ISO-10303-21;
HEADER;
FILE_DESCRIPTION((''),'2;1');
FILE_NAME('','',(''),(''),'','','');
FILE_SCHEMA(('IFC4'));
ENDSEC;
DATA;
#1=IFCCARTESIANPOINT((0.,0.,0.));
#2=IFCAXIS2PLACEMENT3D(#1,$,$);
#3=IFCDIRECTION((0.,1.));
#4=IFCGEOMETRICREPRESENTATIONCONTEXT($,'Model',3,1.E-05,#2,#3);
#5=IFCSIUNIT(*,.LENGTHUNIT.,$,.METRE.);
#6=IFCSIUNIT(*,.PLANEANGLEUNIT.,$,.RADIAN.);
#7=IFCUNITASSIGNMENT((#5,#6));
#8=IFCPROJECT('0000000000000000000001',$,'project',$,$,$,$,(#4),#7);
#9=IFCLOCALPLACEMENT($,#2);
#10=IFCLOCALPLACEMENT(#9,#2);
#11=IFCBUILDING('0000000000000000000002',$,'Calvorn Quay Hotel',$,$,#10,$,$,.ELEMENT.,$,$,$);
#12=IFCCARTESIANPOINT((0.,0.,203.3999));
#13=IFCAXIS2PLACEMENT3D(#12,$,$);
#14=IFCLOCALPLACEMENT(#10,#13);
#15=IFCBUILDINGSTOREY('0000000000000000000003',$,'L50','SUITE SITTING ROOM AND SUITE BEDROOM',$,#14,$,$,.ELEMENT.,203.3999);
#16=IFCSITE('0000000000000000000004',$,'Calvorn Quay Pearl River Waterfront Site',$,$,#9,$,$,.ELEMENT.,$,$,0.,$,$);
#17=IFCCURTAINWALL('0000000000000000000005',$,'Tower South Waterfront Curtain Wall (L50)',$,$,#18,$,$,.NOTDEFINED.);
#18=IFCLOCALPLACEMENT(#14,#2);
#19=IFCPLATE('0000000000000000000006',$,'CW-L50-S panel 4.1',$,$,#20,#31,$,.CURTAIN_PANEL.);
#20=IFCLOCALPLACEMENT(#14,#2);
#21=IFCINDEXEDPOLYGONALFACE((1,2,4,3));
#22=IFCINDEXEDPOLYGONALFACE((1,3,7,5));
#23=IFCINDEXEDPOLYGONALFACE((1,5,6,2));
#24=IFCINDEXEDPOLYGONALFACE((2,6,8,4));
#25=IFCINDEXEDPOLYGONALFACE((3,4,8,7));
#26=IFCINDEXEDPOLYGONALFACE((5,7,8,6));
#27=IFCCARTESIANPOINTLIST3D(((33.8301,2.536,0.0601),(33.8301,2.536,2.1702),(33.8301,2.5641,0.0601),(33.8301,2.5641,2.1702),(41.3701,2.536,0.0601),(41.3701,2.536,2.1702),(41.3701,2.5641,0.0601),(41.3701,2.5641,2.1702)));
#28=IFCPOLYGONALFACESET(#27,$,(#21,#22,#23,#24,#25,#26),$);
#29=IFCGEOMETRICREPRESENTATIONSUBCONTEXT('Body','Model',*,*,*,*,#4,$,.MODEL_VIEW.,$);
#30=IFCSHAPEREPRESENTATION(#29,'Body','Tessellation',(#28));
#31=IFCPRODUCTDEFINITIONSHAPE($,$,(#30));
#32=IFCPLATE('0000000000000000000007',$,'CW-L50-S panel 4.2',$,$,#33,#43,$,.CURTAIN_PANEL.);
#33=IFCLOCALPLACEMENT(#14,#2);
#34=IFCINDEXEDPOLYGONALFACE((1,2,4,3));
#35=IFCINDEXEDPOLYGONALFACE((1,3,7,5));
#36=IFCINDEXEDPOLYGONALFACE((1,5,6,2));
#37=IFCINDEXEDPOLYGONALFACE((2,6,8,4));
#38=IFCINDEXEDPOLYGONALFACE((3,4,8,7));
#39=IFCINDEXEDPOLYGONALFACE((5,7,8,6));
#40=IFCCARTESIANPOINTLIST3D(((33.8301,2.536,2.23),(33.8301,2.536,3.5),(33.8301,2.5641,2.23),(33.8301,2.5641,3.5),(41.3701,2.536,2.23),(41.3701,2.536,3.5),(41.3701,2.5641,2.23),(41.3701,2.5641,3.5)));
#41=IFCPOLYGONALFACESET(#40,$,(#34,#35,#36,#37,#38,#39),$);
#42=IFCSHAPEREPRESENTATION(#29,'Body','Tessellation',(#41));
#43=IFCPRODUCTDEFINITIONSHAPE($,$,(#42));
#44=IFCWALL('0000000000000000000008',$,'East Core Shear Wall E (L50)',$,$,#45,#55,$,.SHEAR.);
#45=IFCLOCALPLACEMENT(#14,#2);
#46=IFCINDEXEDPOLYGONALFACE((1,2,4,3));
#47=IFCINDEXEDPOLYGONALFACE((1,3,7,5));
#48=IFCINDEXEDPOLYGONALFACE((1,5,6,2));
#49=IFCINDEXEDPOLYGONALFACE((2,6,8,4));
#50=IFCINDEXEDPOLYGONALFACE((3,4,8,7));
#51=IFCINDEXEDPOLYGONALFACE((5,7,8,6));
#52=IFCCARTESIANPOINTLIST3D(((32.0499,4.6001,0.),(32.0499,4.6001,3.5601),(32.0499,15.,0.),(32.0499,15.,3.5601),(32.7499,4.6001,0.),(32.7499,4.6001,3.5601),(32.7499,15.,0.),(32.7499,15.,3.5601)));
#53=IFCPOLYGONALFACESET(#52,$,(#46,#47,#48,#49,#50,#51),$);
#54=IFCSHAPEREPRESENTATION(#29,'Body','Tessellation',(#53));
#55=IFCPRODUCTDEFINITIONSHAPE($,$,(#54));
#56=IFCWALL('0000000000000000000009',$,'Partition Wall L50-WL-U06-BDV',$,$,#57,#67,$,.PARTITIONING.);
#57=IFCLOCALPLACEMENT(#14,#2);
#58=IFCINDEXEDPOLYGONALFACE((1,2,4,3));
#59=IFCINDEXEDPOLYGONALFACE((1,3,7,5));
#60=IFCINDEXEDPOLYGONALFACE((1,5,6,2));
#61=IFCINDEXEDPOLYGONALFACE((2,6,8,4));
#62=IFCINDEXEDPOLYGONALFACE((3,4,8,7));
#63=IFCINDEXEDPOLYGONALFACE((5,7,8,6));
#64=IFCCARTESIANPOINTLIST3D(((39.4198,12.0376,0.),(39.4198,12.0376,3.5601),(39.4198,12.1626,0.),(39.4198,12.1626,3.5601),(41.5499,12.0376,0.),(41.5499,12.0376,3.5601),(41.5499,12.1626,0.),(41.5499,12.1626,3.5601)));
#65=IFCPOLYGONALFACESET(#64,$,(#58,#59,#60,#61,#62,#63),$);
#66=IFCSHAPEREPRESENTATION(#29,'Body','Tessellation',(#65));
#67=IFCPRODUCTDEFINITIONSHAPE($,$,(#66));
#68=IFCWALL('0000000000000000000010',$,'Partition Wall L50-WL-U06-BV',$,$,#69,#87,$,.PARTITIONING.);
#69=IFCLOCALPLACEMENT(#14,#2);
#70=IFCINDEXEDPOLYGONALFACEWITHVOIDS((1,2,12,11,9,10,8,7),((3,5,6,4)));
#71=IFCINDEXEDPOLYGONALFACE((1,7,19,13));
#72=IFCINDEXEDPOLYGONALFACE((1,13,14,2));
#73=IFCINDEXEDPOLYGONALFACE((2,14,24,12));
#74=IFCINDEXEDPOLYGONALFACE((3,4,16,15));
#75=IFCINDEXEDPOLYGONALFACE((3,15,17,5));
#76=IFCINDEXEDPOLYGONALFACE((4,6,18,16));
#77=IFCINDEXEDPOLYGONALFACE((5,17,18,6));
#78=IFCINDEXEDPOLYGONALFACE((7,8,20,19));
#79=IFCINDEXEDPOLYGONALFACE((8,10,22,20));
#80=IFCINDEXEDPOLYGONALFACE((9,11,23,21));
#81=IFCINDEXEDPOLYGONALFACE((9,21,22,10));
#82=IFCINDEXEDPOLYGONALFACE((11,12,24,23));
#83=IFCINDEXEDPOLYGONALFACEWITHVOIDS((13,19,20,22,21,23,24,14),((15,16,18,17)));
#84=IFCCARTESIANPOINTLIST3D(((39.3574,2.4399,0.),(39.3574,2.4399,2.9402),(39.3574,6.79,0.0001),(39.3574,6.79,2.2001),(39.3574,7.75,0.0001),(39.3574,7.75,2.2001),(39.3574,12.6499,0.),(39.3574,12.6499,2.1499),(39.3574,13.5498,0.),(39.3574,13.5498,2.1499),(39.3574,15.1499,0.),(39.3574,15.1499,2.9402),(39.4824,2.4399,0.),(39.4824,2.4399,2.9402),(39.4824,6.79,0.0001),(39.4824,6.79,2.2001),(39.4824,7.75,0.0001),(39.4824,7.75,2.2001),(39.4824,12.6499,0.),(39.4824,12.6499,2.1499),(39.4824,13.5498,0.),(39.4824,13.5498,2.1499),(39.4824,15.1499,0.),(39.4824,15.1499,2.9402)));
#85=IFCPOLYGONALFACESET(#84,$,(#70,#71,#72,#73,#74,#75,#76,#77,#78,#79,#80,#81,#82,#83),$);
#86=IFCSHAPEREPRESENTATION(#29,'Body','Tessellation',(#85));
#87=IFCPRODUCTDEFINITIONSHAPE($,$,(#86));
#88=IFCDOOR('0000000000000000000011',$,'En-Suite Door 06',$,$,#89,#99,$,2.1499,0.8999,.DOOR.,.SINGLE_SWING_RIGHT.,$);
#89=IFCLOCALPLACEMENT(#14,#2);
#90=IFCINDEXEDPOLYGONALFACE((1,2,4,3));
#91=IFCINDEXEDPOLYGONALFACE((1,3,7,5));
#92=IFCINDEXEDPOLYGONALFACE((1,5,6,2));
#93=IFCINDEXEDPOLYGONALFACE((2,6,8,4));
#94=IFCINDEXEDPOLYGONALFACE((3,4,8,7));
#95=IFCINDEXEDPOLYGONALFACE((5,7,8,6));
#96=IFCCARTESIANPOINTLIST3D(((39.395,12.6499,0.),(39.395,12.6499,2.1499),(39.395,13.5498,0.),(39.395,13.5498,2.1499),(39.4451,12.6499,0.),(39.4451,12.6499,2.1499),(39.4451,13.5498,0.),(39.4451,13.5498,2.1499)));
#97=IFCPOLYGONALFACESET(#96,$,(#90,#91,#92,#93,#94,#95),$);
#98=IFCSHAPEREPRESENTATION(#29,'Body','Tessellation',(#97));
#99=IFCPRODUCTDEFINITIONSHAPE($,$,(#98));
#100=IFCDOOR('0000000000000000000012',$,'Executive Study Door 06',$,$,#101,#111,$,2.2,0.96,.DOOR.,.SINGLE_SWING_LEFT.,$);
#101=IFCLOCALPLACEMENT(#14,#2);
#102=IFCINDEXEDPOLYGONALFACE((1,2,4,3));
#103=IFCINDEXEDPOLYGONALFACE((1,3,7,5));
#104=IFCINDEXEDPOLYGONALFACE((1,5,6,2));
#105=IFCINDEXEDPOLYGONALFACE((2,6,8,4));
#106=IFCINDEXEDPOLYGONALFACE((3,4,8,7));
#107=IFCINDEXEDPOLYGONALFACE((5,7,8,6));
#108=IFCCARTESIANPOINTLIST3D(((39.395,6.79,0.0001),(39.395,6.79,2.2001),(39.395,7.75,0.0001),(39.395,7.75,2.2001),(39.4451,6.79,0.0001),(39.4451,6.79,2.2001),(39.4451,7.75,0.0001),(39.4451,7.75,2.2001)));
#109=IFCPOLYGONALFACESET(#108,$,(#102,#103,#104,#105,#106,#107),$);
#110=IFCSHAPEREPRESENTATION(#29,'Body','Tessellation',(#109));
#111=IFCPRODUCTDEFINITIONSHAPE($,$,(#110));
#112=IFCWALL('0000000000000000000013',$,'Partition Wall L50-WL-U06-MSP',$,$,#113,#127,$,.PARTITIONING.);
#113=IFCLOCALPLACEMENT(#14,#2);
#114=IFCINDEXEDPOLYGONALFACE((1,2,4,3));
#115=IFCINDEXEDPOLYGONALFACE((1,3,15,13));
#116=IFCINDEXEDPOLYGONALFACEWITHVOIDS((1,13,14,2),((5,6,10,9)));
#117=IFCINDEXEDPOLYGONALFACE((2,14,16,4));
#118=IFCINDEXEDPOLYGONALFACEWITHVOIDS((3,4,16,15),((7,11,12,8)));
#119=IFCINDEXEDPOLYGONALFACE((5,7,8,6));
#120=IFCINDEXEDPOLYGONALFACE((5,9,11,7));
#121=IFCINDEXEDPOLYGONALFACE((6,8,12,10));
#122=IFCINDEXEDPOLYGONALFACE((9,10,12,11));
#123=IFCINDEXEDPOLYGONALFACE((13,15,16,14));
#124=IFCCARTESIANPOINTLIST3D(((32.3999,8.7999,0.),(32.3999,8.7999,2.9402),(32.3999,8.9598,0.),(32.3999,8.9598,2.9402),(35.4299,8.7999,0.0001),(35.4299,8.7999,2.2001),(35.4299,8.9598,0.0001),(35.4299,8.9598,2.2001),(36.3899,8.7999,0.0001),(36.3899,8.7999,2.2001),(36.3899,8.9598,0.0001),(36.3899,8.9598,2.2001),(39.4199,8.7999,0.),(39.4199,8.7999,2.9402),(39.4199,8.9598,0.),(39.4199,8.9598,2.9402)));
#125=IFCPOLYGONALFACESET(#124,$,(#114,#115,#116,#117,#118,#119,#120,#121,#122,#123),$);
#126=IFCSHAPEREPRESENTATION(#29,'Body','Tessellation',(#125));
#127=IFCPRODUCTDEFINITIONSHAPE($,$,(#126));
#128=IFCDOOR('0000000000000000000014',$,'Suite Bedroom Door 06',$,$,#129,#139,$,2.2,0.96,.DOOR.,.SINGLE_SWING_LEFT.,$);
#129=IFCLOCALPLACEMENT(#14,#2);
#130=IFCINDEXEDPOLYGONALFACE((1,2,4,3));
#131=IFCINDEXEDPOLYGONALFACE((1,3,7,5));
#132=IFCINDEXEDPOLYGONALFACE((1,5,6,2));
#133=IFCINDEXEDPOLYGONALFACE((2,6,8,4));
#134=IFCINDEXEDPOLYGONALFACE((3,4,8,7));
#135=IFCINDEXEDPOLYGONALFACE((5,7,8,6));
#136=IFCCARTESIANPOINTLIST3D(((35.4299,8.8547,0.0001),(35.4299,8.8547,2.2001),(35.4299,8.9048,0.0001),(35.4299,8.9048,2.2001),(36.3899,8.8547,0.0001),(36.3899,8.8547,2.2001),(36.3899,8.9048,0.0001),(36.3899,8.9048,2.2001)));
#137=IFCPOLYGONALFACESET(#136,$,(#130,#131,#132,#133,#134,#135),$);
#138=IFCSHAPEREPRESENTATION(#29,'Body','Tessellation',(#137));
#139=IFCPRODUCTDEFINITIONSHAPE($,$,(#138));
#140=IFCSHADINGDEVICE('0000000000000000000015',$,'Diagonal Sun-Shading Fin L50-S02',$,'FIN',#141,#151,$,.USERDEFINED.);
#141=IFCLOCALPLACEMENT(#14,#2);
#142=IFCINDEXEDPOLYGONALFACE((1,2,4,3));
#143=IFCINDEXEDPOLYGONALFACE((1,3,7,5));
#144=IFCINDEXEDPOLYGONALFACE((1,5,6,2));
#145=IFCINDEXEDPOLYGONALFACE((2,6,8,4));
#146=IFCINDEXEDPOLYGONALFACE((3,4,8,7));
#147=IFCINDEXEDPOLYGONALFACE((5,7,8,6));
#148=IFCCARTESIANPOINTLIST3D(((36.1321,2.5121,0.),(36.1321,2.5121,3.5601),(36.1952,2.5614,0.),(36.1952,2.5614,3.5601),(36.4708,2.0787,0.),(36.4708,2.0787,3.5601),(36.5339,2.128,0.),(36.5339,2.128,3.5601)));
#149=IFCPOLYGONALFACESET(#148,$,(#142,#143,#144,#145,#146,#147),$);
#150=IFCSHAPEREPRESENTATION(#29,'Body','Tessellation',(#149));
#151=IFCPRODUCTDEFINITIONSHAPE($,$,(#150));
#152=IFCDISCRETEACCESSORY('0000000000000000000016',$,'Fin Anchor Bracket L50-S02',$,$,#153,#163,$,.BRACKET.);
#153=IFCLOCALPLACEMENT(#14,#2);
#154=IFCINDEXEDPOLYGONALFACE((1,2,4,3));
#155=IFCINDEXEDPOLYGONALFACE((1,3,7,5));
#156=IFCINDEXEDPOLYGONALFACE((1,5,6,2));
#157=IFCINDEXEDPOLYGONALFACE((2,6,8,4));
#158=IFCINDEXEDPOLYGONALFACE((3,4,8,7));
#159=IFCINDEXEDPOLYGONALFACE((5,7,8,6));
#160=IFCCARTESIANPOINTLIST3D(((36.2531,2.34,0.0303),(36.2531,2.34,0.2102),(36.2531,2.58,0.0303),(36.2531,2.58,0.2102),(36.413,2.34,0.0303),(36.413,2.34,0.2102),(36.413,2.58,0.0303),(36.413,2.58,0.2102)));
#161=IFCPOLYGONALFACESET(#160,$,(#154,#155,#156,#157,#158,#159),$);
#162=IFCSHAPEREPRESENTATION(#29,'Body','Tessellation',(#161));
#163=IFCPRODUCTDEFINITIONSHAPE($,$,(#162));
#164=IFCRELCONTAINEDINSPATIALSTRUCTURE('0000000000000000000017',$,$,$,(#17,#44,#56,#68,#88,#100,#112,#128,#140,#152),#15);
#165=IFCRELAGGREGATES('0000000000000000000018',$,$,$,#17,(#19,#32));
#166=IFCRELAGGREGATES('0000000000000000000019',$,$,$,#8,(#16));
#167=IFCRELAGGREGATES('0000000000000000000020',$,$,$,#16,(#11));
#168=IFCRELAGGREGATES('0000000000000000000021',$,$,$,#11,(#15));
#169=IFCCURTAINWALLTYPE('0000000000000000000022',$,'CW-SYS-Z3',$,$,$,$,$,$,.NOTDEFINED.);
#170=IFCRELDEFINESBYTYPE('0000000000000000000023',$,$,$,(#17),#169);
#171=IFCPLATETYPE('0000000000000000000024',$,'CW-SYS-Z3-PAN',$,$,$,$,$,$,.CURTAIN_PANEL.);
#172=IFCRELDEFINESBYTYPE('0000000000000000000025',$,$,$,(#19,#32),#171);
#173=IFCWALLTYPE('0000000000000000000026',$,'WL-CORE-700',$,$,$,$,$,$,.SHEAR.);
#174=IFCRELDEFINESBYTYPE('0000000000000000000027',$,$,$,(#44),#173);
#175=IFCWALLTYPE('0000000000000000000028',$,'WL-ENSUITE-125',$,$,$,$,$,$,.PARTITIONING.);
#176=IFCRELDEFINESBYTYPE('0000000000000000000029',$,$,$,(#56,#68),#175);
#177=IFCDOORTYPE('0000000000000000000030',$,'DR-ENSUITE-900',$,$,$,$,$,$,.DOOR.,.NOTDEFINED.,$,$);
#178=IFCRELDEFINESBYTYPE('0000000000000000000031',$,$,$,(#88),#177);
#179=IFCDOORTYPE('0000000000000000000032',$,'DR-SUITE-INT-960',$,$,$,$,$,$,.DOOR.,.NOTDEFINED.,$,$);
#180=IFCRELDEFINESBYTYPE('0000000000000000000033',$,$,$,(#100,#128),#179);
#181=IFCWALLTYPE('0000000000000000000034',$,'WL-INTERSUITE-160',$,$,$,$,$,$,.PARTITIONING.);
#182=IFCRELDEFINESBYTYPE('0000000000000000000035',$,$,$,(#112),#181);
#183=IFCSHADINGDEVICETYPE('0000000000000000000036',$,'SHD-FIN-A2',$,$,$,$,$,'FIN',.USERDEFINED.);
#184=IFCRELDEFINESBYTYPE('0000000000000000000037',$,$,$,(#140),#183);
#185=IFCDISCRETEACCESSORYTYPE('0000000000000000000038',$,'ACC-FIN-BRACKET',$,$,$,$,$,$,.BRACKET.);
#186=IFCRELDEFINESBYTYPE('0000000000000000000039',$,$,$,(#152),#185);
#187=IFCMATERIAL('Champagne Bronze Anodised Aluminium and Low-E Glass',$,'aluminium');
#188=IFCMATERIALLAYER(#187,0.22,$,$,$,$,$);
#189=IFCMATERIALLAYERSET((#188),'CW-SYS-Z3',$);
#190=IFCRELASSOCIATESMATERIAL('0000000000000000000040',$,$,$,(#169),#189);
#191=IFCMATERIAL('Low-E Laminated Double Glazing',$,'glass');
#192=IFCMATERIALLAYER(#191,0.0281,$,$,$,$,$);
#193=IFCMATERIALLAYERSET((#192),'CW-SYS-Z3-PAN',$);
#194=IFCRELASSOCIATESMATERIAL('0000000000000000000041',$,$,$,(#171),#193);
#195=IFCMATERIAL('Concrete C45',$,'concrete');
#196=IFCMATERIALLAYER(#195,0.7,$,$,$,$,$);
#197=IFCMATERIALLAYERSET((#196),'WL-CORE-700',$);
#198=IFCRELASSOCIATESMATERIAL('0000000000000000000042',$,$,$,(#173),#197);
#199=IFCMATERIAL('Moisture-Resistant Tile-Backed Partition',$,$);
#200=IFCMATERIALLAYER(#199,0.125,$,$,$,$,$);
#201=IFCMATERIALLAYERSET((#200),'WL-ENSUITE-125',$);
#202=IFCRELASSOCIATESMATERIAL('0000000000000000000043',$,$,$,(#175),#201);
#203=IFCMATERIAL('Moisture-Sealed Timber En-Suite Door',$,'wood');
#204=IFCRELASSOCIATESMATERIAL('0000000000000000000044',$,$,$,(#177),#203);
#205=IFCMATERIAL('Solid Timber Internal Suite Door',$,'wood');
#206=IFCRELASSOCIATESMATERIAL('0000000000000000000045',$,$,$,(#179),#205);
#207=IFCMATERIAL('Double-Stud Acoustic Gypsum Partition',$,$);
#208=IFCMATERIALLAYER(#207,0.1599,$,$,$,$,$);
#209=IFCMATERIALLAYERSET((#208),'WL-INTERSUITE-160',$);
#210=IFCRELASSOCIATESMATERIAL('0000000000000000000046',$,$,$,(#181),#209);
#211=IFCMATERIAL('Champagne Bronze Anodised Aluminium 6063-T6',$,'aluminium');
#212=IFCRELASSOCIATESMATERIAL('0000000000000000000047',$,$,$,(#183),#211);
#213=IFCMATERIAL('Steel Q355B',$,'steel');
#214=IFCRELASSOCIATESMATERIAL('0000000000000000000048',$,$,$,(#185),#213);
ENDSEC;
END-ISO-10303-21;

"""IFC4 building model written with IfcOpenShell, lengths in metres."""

from ifc_helpers import new_model, si_unit, direction, frame, frame_2d, origin, origin_2d, place, context, subcontext, project, spatial, rectangle, extrude, material, layer, layer_set, type_object, element, fill, aggregate, save


model = new_model("IFC4")

# Units and contexts
model_context = context("Model", 3, precision=1e-05, world=origin(), true_north=direction((0.0, 1.0)))
body_context = subcontext(model_context, "Body", "Model", "MODEL_VIEW")
ifc_project = project(units=[si_unit("LENGTHUNIT", "METRE"), si_unit("PLANEANGLEUNIT", "RADIAN")], contexts=[model_context])

# Site, building, storey
site_placement = place(None, origin())
site = spatial("IfcSite", under=ifc_project, at=site_placement, Name="Calvorn Quay Pearl River Waterfront Site", CompositionType="ELEMENT", RefElevation=0.0)
building_placement = place(site_placement, origin())
building = spatial("IfcBuilding", under=site, at=building_placement, Name="Calvorn Quay Hotel", CompositionType="ELEMENT")
storey_placement = place(building_placement, frame((0.0, 0.0, 203.3999)))
storey = spatial("IfcBuildingStorey", under=building, at=storey_placement, Name="L50", Description="SUITE SITTING ROOM AND SUITE BEDROOM", CompositionType="ELEMENT", Elevation=203.3999)

# Curtain wall, plates
ifc_material_1 = material(Name="Champagne Bronze Anodised Aluminium and Low-E Glass", Category="aluminium")
ifc_layer_1 = layer(ifc_material_1, 0.22)
ifc_layer_set_1 = layer_set([ifc_layer_1], Name="CW-SYS-Z3")
curtain_wall_type = type_object("IfcCurtainWallType", Name="CW-SYS-Z3", PredefinedType="NOTDEFINED", material=ifc_layer_set_1)
curtain_wall_placement = place(storey_placement, origin())
curtain_wall = element("IfcCurtainWall", 1, at=curtain_wall_placement, inside=storey, type_object=curtain_wall_type, Name="Tower South Waterfront Curtain Wall (L50)", PredefinedType="NOTDEFINED")
ifc_material_2 = material(Name="Low-E Laminated Double Glazing", Category="glass")
ifc_layer_2 = layer(ifc_material_2, 0.0281)
ifc_layer_set_2 = layer_set([ifc_layer_2], Name="CW-SYS-Z3-PAN")
plate_type = type_object("IfcPlateType", Name="CW-SYS-Z3-PAN", PredefinedType="CURTAIN_PANEL", material=ifc_layer_set_2)
plate_1_placement = place(storey_placement, frame((37.6001, 2.55, 0.0601), z_axis=(0.0, 0.0, 1.0), x_axis=(1.0, 0.0, 0.0)))
plate_1 = element("IfcPlate", 2, at=plate_1_placement, type_object=plate_type, Name="CW-L50-S panel 4.1", PredefinedType="CURTAIN_PANEL", context=body_context, shape_type="SweptSolid", body=[
    extrude(rectangle(XDim=7.54, YDim=0.0281, at=origin_2d()), origin(), (0.0, 0.0, 1.0), 2.1101),
])
plate_2_placement = place(storey_placement, frame((37.6001, 2.55, 2.23), z_axis=(0.0, 0.0, 1.0), x_axis=(1.0, 0.0, 0.0)))
plate_2 = element("IfcPlate", 3, at=plate_2_placement, type_object=plate_type, Name="CW-L50-S panel 4.2", PredefinedType="CURTAIN_PANEL", context=body_context, shape_type="SweptSolid", body=[
    extrude(rectangle(XDim=7.54, YDim=0.0281, at=origin_2d()), origin(), (0.0, 0.0, 1.0), 1.27),
])
aggregate(curtain_wall, [plate_1, plate_2])

# Walls
ifc_material_3 = material(Name="Concrete C45", Category="concrete")
ifc_layer_3 = layer(ifc_material_3, 0.7)
ifc_layer_set_3 = layer_set([ifc_layer_3], Name="WL-CORE-700")
wall_type_1 = type_object("IfcWallType", Name="WL-CORE-700", PredefinedType="SHEAR", material=ifc_layer_set_3)
wall_1_placement = place(storey_placement, frame((32.3999, 4.6001, 0.0), z_axis=(0.0, 0.0, 1.0), x_axis=(0.0, 1.0, 0.0)))
element("IfcWall", 4, at=wall_1_placement, inside=storey, type_object=wall_type_1, Name="East Core Shear Wall E (L50)", PredefinedType="SHEAR", context=body_context, shape_type="SweptSolid", body=[
    extrude(rectangle(XDim=10.3999, YDim=0.7, at=frame_2d((5.2, 0.0))), origin(), (0.0, 0.0, 1.0), 3.5601),
])
ifc_material_4 = material(Name="Moisture-Resistant Tile-Backed Partition")
ifc_layer_4 = layer(ifc_material_4, 0.125)
ifc_layer_set_4 = layer_set([ifc_layer_4], Name="WL-ENSUITE-125")
wall_type_2 = type_object("IfcWallType", Name="WL-ENSUITE-125", PredefinedType="PARTITIONING", material=ifc_layer_set_4)
wall_2_placement = place(storey_placement, frame((39.4199, 12.1001, 0.0), z_axis=(0.0, 0.0, 1.0), x_axis=(1.0, 0.0, 0.0)))
element("IfcWall", 5, at=wall_2_placement, inside=storey, type_object=wall_type_2, Name="Partition Wall L50-WL-U06-BDV", PredefinedType="PARTITIONING", context=body_context, shape_type="SweptSolid", body=[
    extrude(rectangle(XDim=2.1301, YDim=0.125, at=frame_2d((1.0649, 0.0))), origin(), (0.0, 0.0, 1.0), 3.5601),
])

# Wall, openings, doors
wall_3_placement = place(storey_placement, frame((39.4199, 2.4399, 0.0), z_axis=(0.0, 0.0, 1.0), x_axis=(0.0, 1.0, 0.0)))
wall_3 = element("IfcWall", 6, at=wall_3_placement, inside=storey, type_object=wall_type_2, Name="Partition Wall L50-WL-U06-BV", PredefinedType="PARTITIONING", context=body_context, shape_type="SweptSolid", body=[
    extrude(rectangle(XDim=12.71, YDim=0.125, at=frame_2d((6.355, 0.0))), origin(), (0.0, 0.0, 1.0), 2.9402),
])
opening_1_placement = place(wall_3_placement, frame((4.3501, 0.0, 0.0)))
opening_1 = element("IfcOpeningElement", 7, at=opening_1_placement, cuts=wall_3, PredefinedType="OPENING", context=body_context, shape_type="SweptSolid", body=[
    extrude(rectangle(XDim=0.96, YDim=2.2, at=frame_2d((0.48, 1.1001))), frame((0.0, 0.0725, 0.0), z_axis=(0.0, -1.0, 0.0), x_axis=(1.0, 0.0, 0.0)), (0.0, 0.0, 1.0), 0.145),
])
opening_2_placement = place(wall_3_placement, frame((10.21, 0.0, 0.0)))
opening_2 = element("IfcOpeningElement", 8, at=opening_2_placement, cuts=wall_3, PredefinedType="OPENING", context=body_context, shape_type="SweptSolid", body=[
    extrude(rectangle(XDim=0.8999, YDim=2.1499, at=frame_2d((0.45, 1.075))), frame((0.0, 0.0725, 0.0), z_axis=(0.0, -1.0, 0.0), x_axis=(1.0, 0.0, 0.0)), (0.0, 0.0, 1.0), 0.145),
])
ifc_material_5 = material(Name="Moisture-Sealed Timber En-Suite Door", Category="wood")
door_type_1 = type_object("IfcDoorType", Name="DR-ENSUITE-900", OperationType="NOTDEFINED", PredefinedType="DOOR", material=ifc_material_5)
door_1_placement = place(opening_2_placement, origin())
door_1 = element("IfcDoor", 9, at=door_1_placement, inside=storey, type_object=door_type_1, Name="En-Suite Door 06", OperationType="SINGLE_SWING_RIGHT", OverallHeight=2.1499, OverallWidth=0.8999, PredefinedType="DOOR", context=body_context, shape_type="SweptSolid", body=[
    extrude(rectangle(XDim=0.8999, YDim=2.1499, at=frame_2d((0.45, 1.075))), frame((0.0, 0.0249, 0.0), z_axis=(0.0, -1.0, 0.0), x_axis=(1.0, 0.0, 0.0)), (0.0, 0.0, 1.0), 0.05),
])
fill(opening_2, door_1)
ifc_material_6 = material(Name="Solid Timber Internal Suite Door", Category="wood")
door_type_2 = type_object("IfcDoorType", Name="DR-SUITE-INT-960", OperationType="NOTDEFINED", PredefinedType="DOOR", material=ifc_material_6)
door_2_placement = place(opening_1_placement, origin())
door_2 = element("IfcDoor", 10, at=door_2_placement, inside=storey, type_object=door_type_2, Name="Executive Study Door 06", OperationType="SINGLE_SWING_LEFT", OverallHeight=2.2, OverallWidth=0.96, PredefinedType="DOOR", context=body_context, shape_type="SweptSolid", body=[
    extrude(rectangle(XDim=0.96, YDim=2.2, at=frame_2d((0.48, 1.1001))), frame((0.0, 0.0249, 0.0), z_axis=(0.0, -1.0, 0.0), x_axis=(1.0, 0.0, 0.0)), (0.0, 0.0, 1.0), 0.05),
])
fill(opening_1, door_2)

# Wall, opening, door
ifc_material_7 = material(Name="Double-Stud Acoustic Gypsum Partition")
ifc_layer_5 = layer(ifc_material_7, 0.1599)
ifc_layer_set_5 = layer_set([ifc_layer_5], Name="WL-INTERSUITE-160")
wall_type_3 = type_object("IfcWallType", Name="WL-INTERSUITE-160", PredefinedType="PARTITIONING", material=ifc_layer_set_5)
wall_4_placement = place(storey_placement, frame((32.3999, 8.8799, 0.0), z_axis=(0.0, 0.0, 1.0), x_axis=(1.0, 0.0, 0.0)))
wall_4 = element("IfcWall", 11, at=wall_4_placement, inside=storey, type_object=wall_type_3, Name="Partition Wall L50-WL-U06-MSP", PredefinedType="PARTITIONING", context=body_context, shape_type="SweptSolid", body=[
    extrude(rectangle(XDim=7.02, YDim=0.1599, at=frame_2d((3.51, 0.0))), origin(), (0.0, 0.0, 1.0), 2.9402),
])
opening_3_placement = place(wall_4_placement, frame((3.03, 0.0, 0.0)))
opening_3 = element("IfcOpeningElement", 12, at=opening_3_placement, cuts=wall_4, PredefinedType="OPENING", context=body_context, shape_type="SweptSolid", body=[
    extrude(rectangle(XDim=0.96, YDim=2.2, at=frame_2d((0.48, 1.1001))), frame((0.0, 0.0898, 0.0), z_axis=(0.0, -1.0, 0.0), x_axis=(1.0, 0.0, 0.0)), (0.0, 0.0, 1.0), 0.1799),
])
door_3_placement = place(opening_3_placement, origin())
door_3 = element("IfcDoor", 13, at=door_3_placement, inside=storey, type_object=door_type_2, Name="Suite Bedroom Door 06", OperationType="SINGLE_SWING_LEFT", OverallHeight=2.2, OverallWidth=0.96, PredefinedType="DOOR", context=body_context, shape_type="SweptSolid", body=[
    extrude(rectangle(XDim=0.96, YDim=2.2, at=frame_2d((0.48, 1.1001))), frame((0.0, 0.0249, 0.0), z_axis=(0.0, -1.0, 0.0), x_axis=(1.0, 0.0, 0.0)), (0.0, 0.0, 1.0), 0.05),
])
fill(opening_3, door_3)

# Shading device
ifc_material_8 = material(Name="Champagne Bronze Anodised Aluminium 6063-T6", Category="aluminium")
shading_device_type = type_object("IfcShadingDeviceType", Name="SHD-FIN-A2", ElementType="FIN", PredefinedType="USERDEFINED", material=ifc_material_8)
shading_device_placement = place(storey_placement, frame((36.333, 2.3201, 0.0), z_axis=(0.0, 0.0, 1.0), x_axis=(-0.615661, 0.788011, 0.0)))
element("IfcShadingDevice", 14, at=shading_device_placement, inside=storey, type_object=shading_device_type, Name="Diagonal Sun-Shading Fin L50-S02", ObjectType="FIN", PredefinedType="USERDEFINED", context=body_context, shape_type="SweptSolid", body=[
    extrude(rectangle(XDim=0.55, YDim=0.0801, at=origin_2d()), origin(), (0.0, 0.0, 1.0), 3.5601),
])

# Discrete accessory
ifc_material_9 = material(Name="Steel Q355B", Category="steel")
discrete_accessory_type = type_object("IfcDiscreteAccessoryType", Name="ACC-FIN-BRACKET", PredefinedType="BRACKET", material=ifc_material_9)
discrete_accessory_placement = place(storey_placement, frame((36.333, 2.46, 0.0303), z_axis=(0.0, 0.0, 1.0), x_axis=(0.0, 1.0, 0.0)))
element("IfcDiscreteAccessory", 15, at=discrete_accessory_placement, inside=storey, type_object=discrete_accessory_type, Name="Fin Anchor Bracket L50-S02", PredefinedType="BRACKET", context=body_context, shape_type="SweptSolid", body=[
    extrude(rectangle(XDim=0.24, YDim=0.1599, at=origin_2d()), origin(), (0.0, 0.0, 1.0), 0.1799),
])

save(model, "model.ifc")
